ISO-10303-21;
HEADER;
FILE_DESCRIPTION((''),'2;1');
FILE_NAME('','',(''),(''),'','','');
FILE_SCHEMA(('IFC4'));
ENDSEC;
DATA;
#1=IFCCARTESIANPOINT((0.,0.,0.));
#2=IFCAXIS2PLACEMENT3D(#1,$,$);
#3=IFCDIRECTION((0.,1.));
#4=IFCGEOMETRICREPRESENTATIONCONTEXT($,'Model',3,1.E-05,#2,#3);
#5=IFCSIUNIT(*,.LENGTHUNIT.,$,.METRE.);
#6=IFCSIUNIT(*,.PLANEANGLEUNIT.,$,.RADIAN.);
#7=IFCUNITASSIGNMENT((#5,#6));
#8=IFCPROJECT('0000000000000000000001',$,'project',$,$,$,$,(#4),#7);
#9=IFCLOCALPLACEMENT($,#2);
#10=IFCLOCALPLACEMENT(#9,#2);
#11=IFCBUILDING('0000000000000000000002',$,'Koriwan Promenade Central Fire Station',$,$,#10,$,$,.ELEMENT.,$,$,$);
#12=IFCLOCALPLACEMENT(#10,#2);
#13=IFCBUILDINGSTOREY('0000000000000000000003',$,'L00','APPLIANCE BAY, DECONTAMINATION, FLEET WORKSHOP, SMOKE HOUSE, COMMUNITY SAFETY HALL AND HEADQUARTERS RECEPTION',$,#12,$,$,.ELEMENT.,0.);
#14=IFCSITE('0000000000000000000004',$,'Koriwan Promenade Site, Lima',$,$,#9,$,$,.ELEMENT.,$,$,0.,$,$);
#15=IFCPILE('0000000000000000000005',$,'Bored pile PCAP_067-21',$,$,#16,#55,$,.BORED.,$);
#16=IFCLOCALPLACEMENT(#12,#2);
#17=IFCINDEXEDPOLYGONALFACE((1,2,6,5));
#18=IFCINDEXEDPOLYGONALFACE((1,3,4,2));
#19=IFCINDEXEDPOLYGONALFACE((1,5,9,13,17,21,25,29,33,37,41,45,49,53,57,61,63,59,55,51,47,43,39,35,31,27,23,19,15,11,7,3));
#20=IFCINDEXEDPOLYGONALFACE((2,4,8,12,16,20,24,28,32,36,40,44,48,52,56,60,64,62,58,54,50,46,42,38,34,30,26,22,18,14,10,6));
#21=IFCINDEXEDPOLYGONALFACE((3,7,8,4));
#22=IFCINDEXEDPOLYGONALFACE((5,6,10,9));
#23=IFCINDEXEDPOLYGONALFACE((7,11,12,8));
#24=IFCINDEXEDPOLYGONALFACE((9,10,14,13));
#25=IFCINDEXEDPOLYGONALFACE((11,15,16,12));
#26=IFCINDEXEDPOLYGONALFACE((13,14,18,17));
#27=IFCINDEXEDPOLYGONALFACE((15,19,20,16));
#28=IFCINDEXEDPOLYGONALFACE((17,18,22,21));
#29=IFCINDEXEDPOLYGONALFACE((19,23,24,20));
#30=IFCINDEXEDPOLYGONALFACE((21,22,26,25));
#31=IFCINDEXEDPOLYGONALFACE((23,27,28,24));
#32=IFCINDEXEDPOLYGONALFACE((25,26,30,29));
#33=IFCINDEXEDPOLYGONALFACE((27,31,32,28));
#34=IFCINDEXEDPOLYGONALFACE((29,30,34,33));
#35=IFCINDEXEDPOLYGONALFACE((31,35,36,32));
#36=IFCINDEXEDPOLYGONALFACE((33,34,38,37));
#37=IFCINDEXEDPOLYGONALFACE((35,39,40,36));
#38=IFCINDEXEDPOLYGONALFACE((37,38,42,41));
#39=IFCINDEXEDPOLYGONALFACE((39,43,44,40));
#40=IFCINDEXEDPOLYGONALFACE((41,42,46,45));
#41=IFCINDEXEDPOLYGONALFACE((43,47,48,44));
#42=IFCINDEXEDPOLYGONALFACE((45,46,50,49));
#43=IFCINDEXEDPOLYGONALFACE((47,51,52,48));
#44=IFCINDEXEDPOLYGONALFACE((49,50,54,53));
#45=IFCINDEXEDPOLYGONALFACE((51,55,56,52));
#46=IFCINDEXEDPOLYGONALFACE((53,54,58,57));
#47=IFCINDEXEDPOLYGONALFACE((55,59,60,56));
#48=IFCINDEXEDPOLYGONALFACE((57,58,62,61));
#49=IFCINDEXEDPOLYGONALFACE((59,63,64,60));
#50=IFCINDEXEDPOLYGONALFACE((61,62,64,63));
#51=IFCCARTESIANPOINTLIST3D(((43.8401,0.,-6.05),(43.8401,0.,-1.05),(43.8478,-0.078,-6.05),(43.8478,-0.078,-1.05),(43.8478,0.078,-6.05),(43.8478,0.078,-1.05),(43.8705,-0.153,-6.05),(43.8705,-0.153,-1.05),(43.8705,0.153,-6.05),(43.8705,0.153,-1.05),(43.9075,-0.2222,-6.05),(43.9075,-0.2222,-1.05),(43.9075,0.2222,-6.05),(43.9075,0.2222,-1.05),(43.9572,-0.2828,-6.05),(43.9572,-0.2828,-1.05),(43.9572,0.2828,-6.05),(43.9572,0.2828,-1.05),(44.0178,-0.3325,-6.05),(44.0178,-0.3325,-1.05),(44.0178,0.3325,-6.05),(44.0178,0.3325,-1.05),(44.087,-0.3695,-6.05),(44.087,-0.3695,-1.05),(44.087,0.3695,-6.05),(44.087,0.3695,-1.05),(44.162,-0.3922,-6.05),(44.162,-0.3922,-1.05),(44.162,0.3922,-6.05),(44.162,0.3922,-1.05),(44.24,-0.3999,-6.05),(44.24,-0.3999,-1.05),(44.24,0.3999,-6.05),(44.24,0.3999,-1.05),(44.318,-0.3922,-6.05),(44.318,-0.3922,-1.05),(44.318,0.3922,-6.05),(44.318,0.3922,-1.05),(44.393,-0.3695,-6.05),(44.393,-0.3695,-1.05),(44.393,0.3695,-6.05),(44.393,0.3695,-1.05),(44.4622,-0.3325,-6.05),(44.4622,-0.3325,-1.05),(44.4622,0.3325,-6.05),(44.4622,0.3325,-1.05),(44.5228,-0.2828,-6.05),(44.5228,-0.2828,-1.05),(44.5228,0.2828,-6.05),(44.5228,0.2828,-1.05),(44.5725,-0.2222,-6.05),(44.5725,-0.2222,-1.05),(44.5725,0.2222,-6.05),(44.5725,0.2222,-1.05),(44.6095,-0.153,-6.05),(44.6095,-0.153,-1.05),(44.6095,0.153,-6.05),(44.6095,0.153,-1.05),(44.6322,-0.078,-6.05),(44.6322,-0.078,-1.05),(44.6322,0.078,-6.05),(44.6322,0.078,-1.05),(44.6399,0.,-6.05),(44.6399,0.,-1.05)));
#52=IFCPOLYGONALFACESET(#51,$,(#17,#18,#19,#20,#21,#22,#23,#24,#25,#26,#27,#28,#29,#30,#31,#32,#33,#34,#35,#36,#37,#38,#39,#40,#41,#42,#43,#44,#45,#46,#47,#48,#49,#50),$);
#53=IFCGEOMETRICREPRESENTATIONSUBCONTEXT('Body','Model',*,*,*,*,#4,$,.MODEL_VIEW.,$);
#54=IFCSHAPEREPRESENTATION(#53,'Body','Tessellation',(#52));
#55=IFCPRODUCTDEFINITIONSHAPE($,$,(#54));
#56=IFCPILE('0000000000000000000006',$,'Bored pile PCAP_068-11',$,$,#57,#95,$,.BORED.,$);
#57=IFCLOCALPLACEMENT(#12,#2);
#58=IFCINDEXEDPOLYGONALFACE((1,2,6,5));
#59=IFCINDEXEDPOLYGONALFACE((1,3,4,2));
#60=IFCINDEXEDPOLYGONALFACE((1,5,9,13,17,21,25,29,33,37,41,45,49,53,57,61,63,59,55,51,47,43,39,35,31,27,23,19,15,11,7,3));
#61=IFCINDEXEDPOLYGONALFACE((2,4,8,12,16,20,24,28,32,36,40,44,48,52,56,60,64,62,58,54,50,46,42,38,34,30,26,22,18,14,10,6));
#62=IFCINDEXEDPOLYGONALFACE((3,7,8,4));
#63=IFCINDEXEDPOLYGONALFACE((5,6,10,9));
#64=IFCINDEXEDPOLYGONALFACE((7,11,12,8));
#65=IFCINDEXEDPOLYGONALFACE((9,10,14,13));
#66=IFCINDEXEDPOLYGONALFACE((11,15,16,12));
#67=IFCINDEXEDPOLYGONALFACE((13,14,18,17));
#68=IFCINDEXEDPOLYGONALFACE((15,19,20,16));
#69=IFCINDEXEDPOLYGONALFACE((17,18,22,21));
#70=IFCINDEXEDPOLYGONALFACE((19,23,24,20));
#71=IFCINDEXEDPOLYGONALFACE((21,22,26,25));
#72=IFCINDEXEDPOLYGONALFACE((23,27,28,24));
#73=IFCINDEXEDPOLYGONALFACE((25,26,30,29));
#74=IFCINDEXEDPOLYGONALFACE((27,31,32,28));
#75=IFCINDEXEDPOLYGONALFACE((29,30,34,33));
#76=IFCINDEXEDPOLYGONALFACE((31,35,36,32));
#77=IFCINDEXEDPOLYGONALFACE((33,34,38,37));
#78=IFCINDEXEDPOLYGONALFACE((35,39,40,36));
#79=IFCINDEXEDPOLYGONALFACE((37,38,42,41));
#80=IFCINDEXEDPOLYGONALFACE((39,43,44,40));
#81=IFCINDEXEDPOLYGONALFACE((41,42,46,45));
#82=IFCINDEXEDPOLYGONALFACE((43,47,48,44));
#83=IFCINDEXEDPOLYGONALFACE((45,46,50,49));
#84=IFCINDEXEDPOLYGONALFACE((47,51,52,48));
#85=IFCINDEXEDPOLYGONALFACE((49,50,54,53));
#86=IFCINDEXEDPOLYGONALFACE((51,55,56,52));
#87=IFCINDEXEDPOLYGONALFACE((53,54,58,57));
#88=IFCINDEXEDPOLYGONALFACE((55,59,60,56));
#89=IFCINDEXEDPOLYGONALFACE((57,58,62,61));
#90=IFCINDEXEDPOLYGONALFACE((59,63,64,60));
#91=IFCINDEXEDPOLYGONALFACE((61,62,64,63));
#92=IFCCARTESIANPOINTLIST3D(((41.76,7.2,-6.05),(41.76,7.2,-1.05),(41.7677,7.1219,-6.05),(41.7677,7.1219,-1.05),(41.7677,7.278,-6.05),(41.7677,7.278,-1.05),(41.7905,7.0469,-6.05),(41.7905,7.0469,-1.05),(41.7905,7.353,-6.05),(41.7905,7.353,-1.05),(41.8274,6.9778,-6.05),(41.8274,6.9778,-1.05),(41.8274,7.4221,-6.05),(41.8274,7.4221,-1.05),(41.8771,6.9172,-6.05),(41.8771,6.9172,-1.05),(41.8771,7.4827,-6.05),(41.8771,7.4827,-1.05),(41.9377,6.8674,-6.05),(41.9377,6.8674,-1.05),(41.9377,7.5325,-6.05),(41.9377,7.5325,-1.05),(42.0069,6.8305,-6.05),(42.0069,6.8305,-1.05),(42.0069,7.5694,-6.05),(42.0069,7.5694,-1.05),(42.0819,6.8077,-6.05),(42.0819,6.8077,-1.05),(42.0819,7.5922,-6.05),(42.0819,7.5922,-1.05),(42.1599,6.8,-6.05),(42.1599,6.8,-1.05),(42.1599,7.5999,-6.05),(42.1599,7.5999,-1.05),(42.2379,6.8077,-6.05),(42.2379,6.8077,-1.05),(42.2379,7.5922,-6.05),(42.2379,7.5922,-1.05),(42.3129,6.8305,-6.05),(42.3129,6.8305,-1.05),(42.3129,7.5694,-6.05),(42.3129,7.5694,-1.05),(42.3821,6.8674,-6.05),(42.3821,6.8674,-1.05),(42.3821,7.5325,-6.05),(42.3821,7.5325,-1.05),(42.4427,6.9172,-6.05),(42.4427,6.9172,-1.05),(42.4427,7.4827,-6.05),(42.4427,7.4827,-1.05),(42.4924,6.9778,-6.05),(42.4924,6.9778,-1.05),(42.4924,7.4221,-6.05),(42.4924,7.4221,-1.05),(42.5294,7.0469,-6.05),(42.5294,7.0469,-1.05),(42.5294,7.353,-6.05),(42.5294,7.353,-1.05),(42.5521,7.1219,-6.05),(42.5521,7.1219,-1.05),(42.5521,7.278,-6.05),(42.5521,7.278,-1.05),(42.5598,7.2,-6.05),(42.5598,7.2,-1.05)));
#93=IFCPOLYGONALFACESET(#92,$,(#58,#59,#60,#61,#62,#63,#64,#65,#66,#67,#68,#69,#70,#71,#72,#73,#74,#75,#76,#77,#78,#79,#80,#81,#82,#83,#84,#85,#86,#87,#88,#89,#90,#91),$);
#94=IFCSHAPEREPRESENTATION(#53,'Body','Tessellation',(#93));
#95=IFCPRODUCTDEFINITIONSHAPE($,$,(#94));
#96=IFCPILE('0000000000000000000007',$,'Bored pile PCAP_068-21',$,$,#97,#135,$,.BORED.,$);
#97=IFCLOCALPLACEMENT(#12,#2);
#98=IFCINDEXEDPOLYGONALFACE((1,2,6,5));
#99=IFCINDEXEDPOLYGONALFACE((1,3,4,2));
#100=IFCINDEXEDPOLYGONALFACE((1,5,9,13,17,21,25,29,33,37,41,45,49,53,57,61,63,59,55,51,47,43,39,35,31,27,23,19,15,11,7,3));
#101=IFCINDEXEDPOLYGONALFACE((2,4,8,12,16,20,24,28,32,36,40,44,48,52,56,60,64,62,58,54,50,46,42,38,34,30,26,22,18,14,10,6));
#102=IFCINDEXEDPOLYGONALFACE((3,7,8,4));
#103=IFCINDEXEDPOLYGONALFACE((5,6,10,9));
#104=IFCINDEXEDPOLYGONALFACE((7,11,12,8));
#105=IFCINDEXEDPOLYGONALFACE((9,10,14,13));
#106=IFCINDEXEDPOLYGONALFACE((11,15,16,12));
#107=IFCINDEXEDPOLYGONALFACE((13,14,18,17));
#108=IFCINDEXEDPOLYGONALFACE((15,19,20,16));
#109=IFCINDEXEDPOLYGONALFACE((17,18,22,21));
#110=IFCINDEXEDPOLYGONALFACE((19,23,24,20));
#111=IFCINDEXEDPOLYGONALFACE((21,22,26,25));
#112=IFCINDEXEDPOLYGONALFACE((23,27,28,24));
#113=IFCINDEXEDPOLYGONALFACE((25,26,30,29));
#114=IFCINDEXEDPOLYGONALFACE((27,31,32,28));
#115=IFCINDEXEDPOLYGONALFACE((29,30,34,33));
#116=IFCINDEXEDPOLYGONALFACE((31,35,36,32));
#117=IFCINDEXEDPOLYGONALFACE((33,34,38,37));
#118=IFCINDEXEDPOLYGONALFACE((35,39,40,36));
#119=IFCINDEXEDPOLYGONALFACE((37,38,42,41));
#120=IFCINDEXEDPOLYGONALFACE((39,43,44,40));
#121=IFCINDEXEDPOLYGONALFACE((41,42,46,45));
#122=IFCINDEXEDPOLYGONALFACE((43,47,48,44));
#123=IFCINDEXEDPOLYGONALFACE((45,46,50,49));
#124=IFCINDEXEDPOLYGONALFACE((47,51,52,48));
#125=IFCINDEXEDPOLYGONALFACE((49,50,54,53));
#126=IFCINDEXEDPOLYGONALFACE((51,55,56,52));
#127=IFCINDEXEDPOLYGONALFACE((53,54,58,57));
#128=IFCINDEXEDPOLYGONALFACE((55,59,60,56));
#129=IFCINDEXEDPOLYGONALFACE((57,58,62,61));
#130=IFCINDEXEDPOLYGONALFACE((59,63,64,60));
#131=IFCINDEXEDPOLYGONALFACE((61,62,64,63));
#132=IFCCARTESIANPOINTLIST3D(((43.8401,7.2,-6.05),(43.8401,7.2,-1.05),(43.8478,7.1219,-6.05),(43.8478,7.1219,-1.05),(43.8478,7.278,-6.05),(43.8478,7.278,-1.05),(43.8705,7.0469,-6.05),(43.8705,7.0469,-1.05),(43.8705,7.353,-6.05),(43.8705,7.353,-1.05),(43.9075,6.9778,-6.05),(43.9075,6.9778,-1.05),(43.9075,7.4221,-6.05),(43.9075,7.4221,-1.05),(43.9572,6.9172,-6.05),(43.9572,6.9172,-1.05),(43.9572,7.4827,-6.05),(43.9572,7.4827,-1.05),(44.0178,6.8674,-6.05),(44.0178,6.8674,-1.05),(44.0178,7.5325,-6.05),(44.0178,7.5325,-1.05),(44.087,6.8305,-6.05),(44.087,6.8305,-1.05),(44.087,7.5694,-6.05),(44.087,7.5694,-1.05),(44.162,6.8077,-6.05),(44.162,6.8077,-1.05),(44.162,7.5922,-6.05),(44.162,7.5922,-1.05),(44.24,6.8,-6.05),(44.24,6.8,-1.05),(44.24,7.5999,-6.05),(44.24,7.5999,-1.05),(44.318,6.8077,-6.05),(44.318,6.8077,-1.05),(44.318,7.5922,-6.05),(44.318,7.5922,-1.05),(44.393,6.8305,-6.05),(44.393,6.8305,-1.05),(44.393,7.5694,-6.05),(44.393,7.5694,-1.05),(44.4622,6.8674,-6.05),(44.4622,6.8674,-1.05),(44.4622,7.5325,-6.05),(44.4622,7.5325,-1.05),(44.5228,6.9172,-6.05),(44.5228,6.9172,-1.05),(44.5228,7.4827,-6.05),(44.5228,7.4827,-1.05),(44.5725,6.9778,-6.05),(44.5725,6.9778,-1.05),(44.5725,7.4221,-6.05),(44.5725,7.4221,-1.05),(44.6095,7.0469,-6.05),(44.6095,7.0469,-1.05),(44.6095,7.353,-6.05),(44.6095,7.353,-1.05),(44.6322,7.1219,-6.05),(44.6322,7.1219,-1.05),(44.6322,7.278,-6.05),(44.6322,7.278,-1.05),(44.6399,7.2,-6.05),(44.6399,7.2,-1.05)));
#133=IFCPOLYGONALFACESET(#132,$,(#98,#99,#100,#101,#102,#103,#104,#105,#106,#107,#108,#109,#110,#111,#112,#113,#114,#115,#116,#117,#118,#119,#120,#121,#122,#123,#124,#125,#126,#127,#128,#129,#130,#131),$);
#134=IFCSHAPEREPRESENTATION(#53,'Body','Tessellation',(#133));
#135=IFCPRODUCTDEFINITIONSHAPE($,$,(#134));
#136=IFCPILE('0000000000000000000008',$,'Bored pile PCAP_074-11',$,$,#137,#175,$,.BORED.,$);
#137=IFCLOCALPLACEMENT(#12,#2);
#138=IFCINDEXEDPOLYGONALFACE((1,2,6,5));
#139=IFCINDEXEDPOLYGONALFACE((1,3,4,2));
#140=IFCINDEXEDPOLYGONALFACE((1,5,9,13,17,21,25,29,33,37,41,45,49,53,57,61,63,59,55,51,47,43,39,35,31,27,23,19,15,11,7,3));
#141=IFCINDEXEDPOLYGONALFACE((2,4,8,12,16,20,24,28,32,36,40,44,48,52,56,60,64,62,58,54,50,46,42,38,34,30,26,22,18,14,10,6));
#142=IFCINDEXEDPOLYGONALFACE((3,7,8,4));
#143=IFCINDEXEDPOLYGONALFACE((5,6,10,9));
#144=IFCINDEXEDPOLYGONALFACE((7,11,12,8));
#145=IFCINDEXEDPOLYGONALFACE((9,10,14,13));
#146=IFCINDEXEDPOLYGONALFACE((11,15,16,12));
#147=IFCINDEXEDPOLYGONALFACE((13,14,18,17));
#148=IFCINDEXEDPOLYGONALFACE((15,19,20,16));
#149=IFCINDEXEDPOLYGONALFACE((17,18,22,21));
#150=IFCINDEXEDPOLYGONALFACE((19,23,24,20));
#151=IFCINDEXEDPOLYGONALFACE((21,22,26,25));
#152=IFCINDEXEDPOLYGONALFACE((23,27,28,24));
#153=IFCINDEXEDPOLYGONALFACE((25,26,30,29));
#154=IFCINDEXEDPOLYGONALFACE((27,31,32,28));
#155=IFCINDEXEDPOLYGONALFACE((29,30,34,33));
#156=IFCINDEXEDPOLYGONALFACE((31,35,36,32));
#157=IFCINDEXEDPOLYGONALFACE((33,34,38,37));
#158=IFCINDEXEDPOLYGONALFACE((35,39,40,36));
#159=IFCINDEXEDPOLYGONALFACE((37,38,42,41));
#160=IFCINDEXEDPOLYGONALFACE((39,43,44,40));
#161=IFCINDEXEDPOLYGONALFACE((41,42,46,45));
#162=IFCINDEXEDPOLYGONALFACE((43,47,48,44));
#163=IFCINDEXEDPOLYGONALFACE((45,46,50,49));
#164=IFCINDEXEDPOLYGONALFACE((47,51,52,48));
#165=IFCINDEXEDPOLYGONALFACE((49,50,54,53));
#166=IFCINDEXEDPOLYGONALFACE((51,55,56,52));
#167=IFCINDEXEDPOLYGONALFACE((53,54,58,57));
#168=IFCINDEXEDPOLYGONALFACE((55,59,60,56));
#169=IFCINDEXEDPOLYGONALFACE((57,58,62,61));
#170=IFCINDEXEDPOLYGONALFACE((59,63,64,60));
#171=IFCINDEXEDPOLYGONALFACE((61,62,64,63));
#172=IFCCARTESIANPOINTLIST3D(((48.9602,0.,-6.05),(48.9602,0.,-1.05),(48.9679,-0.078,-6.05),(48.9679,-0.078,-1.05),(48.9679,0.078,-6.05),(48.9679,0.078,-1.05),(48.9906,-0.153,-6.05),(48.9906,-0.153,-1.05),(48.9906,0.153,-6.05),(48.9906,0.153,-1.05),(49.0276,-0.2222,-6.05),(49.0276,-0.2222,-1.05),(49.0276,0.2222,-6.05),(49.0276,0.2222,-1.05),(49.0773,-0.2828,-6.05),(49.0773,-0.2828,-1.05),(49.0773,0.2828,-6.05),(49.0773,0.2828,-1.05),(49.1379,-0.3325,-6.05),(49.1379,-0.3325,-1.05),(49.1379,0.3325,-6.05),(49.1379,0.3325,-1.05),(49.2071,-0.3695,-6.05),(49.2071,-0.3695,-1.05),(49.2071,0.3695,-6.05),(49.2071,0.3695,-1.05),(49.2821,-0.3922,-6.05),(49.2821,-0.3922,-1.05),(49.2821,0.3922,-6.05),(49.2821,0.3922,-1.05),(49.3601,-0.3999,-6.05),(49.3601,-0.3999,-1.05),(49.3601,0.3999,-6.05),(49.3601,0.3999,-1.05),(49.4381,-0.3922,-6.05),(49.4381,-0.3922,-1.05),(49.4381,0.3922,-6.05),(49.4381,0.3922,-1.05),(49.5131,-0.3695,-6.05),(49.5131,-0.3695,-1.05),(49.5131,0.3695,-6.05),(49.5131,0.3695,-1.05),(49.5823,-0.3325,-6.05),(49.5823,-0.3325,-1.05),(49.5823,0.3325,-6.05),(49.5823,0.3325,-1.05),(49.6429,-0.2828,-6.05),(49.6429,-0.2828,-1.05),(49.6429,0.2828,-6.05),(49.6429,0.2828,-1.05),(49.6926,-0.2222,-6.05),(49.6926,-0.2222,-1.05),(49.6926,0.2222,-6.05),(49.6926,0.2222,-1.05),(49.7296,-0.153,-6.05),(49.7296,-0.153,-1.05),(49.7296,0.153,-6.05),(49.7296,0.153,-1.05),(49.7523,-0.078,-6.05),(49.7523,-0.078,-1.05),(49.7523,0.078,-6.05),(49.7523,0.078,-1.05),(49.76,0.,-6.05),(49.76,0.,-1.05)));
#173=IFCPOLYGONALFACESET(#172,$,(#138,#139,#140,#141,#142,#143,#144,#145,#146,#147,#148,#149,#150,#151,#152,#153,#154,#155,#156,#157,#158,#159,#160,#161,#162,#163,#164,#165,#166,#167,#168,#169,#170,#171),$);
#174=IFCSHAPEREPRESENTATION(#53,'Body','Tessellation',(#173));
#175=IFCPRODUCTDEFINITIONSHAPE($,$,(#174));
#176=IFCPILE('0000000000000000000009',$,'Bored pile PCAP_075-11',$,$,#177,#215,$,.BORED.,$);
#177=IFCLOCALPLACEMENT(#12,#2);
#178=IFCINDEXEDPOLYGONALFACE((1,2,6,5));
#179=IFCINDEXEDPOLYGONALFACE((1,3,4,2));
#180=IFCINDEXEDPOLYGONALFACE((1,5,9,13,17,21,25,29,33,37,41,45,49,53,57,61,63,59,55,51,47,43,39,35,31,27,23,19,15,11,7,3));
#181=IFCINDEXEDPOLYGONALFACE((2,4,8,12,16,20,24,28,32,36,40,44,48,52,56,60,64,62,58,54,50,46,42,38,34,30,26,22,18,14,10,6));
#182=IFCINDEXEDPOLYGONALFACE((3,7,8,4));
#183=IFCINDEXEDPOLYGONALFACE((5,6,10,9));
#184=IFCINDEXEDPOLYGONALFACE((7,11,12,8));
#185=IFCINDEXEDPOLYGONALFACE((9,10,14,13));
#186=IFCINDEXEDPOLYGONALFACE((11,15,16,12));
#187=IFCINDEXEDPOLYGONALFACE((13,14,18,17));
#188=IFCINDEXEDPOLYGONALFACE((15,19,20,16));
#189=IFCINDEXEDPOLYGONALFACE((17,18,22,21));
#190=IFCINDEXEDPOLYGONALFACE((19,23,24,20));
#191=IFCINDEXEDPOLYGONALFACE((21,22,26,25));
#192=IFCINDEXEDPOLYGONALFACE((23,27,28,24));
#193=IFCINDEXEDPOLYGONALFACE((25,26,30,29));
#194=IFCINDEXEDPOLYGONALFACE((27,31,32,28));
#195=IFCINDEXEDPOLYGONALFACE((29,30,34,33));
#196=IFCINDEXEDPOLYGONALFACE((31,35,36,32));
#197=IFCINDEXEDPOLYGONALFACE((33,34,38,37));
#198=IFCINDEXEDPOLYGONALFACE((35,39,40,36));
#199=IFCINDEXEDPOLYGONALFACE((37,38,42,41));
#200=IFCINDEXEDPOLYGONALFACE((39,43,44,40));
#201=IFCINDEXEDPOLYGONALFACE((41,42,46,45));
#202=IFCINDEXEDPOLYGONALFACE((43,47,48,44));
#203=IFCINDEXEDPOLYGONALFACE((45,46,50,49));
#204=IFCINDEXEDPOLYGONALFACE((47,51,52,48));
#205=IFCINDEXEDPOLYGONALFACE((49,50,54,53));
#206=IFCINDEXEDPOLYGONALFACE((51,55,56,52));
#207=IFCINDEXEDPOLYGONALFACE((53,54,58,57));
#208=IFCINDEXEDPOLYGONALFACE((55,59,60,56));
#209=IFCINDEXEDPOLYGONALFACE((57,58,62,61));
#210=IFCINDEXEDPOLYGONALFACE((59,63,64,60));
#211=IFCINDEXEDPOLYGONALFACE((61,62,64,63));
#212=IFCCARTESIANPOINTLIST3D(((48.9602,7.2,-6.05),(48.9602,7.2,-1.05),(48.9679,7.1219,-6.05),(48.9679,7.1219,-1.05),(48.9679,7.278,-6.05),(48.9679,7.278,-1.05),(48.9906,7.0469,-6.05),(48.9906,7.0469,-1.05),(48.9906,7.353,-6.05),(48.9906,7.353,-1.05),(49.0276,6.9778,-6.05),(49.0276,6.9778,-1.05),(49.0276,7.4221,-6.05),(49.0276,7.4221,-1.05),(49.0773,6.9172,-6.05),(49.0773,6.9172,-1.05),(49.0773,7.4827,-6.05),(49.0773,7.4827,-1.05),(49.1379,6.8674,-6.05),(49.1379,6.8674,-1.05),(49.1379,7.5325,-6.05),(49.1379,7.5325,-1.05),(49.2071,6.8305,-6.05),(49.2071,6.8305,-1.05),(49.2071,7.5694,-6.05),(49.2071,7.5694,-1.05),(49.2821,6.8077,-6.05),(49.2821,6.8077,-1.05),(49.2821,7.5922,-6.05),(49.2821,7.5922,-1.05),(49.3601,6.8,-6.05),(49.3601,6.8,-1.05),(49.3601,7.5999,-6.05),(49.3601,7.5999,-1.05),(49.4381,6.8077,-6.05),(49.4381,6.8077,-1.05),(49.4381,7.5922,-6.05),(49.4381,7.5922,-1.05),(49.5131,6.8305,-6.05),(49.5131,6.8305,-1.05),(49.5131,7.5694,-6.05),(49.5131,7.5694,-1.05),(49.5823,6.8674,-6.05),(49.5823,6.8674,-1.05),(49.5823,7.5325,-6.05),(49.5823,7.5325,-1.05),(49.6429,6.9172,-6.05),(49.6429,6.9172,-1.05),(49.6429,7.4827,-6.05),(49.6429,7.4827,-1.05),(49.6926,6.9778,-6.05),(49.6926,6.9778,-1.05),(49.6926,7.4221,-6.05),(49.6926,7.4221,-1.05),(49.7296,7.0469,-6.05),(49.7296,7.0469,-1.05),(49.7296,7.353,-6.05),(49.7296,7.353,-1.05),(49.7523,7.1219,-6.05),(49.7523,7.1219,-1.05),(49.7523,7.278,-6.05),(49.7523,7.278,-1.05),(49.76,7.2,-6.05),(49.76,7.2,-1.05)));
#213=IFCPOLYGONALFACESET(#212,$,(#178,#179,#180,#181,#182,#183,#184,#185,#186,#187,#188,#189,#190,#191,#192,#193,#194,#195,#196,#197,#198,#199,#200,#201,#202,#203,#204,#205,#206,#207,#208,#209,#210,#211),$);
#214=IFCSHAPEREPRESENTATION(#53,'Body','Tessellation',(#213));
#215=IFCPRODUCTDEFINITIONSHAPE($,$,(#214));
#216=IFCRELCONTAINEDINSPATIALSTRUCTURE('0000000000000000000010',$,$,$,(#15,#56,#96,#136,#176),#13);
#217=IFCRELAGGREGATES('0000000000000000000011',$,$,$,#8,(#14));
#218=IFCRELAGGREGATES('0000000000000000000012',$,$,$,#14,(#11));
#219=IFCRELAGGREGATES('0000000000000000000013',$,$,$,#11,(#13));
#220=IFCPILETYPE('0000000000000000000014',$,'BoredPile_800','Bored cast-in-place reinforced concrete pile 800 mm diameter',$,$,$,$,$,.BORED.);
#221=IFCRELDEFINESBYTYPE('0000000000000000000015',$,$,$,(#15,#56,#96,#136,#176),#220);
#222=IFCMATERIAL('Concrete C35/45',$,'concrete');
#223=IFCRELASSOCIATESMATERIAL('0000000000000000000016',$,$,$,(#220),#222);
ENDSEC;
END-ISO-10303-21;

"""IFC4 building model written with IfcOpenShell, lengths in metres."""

from ifc_helpers import new_model, si_unit, direction, frame, origin, origin_2d, place, context, subcontext, project, spatial, circle, extrude, material, material_profile, profile_set, type_object, element, save


model = new_model("IFC4")

# Units and contexts
model_context = context("Model", 3, precision=1e-05, world=origin(), true_north=direction((0.0, 1.0)))
body_context = subcontext(model_context, "Body", "Model", "MODEL_VIEW")
ifc_project = project(units=[si_unit("LENGTHUNIT", "METRE"), si_unit("PLANEANGLEUNIT", "RADIAN")], contexts=[model_context])

# Site, building, storey
site_placement = place(None, origin())
site = spatial("IfcSite", under=ifc_project, at=site_placement, Name="Koriwan Promenade Site, Lima", CompositionType="ELEMENT", RefElevation=0.0)
building_placement = place(site_placement, origin())
building = spatial("IfcBuilding", under=site, at=building_placement, Name="Koriwan Promenade Central Fire Station", CompositionType="ELEMENT")
storey_placement = place(building_placement, origin())
storey = spatial("IfcBuildingStorey", under=building, at=storey_placement, Name="L00", Description="APPLIANCE BAY, DECONTAMINATION, FLEET WORKSHOP, SMOKE HOUSE, COMMUNITY SAFETY HALL AND HEADQUARTERS RECEPTION", CompositionType="ELEMENT", Elevation=0.0)

# Piles
ifc_material_1 = material(Name="Concrete C35/45", Category="concrete")
ifc_material_profile_1 = material_profile(ifc_material_1, circle(Radius=0.3999, at=origin_2d()), Name="PILE-D800")
ifc_profile_set_1 = profile_set([ifc_material_profile_1], Name="Concrete C35/45")
pile_type_1 = type_object("IfcPileType", Name="BoredPile_800", Description="Bored cast-in-place reinforced concrete pile 800 mm diameter", PredefinedType="BORED", material=ifc_profile_set_1)
for number, where, z_axis, x_axis, name in (
    (1, (44.24, 0.0, -1.05), (0.0, 0.0, -1.0), (1.0, 0.0, 0.0), "Bored pile PCAP_067-21"),
    (2, (42.1599, 7.2, -1.05), (0.0, 0.0, -1.0), (1.0, 0.0, 0.0), "Bored pile PCAP_068-11"),
    (3, (44.24, 7.2, -1.05), (0.0, 0.0, -1.0), (1.0, 0.0, 0.0), "Bored pile PCAP_068-21"),
    (4, (49.3601, 0.0, -1.05), (0.0, 0.0, -1.0), (1.0, 0.0, 0.0), "Bored pile PCAP_074-11"),
    (5, (49.3601, 7.2, -1.05), (0.0, 0.0, -1.0), (1.0, 0.0, 0.0), "Bored pile PCAP_075-11"),
):
    element("IfcPile", number, at=place(storey_placement, frame(where, z_axis=z_axis, x_axis=x_axis)), inside=storey, type_object=pile_type_1, Name=name, PredefinedType="BORED", context=body_context, shape_type="SweptSolid", body=[
        extrude(circle(Radius=0.3999, at=origin_2d()), origin(), (0.0, 0.0, 1.0), 5.0),
    ])

save(model, "model.ifc")
